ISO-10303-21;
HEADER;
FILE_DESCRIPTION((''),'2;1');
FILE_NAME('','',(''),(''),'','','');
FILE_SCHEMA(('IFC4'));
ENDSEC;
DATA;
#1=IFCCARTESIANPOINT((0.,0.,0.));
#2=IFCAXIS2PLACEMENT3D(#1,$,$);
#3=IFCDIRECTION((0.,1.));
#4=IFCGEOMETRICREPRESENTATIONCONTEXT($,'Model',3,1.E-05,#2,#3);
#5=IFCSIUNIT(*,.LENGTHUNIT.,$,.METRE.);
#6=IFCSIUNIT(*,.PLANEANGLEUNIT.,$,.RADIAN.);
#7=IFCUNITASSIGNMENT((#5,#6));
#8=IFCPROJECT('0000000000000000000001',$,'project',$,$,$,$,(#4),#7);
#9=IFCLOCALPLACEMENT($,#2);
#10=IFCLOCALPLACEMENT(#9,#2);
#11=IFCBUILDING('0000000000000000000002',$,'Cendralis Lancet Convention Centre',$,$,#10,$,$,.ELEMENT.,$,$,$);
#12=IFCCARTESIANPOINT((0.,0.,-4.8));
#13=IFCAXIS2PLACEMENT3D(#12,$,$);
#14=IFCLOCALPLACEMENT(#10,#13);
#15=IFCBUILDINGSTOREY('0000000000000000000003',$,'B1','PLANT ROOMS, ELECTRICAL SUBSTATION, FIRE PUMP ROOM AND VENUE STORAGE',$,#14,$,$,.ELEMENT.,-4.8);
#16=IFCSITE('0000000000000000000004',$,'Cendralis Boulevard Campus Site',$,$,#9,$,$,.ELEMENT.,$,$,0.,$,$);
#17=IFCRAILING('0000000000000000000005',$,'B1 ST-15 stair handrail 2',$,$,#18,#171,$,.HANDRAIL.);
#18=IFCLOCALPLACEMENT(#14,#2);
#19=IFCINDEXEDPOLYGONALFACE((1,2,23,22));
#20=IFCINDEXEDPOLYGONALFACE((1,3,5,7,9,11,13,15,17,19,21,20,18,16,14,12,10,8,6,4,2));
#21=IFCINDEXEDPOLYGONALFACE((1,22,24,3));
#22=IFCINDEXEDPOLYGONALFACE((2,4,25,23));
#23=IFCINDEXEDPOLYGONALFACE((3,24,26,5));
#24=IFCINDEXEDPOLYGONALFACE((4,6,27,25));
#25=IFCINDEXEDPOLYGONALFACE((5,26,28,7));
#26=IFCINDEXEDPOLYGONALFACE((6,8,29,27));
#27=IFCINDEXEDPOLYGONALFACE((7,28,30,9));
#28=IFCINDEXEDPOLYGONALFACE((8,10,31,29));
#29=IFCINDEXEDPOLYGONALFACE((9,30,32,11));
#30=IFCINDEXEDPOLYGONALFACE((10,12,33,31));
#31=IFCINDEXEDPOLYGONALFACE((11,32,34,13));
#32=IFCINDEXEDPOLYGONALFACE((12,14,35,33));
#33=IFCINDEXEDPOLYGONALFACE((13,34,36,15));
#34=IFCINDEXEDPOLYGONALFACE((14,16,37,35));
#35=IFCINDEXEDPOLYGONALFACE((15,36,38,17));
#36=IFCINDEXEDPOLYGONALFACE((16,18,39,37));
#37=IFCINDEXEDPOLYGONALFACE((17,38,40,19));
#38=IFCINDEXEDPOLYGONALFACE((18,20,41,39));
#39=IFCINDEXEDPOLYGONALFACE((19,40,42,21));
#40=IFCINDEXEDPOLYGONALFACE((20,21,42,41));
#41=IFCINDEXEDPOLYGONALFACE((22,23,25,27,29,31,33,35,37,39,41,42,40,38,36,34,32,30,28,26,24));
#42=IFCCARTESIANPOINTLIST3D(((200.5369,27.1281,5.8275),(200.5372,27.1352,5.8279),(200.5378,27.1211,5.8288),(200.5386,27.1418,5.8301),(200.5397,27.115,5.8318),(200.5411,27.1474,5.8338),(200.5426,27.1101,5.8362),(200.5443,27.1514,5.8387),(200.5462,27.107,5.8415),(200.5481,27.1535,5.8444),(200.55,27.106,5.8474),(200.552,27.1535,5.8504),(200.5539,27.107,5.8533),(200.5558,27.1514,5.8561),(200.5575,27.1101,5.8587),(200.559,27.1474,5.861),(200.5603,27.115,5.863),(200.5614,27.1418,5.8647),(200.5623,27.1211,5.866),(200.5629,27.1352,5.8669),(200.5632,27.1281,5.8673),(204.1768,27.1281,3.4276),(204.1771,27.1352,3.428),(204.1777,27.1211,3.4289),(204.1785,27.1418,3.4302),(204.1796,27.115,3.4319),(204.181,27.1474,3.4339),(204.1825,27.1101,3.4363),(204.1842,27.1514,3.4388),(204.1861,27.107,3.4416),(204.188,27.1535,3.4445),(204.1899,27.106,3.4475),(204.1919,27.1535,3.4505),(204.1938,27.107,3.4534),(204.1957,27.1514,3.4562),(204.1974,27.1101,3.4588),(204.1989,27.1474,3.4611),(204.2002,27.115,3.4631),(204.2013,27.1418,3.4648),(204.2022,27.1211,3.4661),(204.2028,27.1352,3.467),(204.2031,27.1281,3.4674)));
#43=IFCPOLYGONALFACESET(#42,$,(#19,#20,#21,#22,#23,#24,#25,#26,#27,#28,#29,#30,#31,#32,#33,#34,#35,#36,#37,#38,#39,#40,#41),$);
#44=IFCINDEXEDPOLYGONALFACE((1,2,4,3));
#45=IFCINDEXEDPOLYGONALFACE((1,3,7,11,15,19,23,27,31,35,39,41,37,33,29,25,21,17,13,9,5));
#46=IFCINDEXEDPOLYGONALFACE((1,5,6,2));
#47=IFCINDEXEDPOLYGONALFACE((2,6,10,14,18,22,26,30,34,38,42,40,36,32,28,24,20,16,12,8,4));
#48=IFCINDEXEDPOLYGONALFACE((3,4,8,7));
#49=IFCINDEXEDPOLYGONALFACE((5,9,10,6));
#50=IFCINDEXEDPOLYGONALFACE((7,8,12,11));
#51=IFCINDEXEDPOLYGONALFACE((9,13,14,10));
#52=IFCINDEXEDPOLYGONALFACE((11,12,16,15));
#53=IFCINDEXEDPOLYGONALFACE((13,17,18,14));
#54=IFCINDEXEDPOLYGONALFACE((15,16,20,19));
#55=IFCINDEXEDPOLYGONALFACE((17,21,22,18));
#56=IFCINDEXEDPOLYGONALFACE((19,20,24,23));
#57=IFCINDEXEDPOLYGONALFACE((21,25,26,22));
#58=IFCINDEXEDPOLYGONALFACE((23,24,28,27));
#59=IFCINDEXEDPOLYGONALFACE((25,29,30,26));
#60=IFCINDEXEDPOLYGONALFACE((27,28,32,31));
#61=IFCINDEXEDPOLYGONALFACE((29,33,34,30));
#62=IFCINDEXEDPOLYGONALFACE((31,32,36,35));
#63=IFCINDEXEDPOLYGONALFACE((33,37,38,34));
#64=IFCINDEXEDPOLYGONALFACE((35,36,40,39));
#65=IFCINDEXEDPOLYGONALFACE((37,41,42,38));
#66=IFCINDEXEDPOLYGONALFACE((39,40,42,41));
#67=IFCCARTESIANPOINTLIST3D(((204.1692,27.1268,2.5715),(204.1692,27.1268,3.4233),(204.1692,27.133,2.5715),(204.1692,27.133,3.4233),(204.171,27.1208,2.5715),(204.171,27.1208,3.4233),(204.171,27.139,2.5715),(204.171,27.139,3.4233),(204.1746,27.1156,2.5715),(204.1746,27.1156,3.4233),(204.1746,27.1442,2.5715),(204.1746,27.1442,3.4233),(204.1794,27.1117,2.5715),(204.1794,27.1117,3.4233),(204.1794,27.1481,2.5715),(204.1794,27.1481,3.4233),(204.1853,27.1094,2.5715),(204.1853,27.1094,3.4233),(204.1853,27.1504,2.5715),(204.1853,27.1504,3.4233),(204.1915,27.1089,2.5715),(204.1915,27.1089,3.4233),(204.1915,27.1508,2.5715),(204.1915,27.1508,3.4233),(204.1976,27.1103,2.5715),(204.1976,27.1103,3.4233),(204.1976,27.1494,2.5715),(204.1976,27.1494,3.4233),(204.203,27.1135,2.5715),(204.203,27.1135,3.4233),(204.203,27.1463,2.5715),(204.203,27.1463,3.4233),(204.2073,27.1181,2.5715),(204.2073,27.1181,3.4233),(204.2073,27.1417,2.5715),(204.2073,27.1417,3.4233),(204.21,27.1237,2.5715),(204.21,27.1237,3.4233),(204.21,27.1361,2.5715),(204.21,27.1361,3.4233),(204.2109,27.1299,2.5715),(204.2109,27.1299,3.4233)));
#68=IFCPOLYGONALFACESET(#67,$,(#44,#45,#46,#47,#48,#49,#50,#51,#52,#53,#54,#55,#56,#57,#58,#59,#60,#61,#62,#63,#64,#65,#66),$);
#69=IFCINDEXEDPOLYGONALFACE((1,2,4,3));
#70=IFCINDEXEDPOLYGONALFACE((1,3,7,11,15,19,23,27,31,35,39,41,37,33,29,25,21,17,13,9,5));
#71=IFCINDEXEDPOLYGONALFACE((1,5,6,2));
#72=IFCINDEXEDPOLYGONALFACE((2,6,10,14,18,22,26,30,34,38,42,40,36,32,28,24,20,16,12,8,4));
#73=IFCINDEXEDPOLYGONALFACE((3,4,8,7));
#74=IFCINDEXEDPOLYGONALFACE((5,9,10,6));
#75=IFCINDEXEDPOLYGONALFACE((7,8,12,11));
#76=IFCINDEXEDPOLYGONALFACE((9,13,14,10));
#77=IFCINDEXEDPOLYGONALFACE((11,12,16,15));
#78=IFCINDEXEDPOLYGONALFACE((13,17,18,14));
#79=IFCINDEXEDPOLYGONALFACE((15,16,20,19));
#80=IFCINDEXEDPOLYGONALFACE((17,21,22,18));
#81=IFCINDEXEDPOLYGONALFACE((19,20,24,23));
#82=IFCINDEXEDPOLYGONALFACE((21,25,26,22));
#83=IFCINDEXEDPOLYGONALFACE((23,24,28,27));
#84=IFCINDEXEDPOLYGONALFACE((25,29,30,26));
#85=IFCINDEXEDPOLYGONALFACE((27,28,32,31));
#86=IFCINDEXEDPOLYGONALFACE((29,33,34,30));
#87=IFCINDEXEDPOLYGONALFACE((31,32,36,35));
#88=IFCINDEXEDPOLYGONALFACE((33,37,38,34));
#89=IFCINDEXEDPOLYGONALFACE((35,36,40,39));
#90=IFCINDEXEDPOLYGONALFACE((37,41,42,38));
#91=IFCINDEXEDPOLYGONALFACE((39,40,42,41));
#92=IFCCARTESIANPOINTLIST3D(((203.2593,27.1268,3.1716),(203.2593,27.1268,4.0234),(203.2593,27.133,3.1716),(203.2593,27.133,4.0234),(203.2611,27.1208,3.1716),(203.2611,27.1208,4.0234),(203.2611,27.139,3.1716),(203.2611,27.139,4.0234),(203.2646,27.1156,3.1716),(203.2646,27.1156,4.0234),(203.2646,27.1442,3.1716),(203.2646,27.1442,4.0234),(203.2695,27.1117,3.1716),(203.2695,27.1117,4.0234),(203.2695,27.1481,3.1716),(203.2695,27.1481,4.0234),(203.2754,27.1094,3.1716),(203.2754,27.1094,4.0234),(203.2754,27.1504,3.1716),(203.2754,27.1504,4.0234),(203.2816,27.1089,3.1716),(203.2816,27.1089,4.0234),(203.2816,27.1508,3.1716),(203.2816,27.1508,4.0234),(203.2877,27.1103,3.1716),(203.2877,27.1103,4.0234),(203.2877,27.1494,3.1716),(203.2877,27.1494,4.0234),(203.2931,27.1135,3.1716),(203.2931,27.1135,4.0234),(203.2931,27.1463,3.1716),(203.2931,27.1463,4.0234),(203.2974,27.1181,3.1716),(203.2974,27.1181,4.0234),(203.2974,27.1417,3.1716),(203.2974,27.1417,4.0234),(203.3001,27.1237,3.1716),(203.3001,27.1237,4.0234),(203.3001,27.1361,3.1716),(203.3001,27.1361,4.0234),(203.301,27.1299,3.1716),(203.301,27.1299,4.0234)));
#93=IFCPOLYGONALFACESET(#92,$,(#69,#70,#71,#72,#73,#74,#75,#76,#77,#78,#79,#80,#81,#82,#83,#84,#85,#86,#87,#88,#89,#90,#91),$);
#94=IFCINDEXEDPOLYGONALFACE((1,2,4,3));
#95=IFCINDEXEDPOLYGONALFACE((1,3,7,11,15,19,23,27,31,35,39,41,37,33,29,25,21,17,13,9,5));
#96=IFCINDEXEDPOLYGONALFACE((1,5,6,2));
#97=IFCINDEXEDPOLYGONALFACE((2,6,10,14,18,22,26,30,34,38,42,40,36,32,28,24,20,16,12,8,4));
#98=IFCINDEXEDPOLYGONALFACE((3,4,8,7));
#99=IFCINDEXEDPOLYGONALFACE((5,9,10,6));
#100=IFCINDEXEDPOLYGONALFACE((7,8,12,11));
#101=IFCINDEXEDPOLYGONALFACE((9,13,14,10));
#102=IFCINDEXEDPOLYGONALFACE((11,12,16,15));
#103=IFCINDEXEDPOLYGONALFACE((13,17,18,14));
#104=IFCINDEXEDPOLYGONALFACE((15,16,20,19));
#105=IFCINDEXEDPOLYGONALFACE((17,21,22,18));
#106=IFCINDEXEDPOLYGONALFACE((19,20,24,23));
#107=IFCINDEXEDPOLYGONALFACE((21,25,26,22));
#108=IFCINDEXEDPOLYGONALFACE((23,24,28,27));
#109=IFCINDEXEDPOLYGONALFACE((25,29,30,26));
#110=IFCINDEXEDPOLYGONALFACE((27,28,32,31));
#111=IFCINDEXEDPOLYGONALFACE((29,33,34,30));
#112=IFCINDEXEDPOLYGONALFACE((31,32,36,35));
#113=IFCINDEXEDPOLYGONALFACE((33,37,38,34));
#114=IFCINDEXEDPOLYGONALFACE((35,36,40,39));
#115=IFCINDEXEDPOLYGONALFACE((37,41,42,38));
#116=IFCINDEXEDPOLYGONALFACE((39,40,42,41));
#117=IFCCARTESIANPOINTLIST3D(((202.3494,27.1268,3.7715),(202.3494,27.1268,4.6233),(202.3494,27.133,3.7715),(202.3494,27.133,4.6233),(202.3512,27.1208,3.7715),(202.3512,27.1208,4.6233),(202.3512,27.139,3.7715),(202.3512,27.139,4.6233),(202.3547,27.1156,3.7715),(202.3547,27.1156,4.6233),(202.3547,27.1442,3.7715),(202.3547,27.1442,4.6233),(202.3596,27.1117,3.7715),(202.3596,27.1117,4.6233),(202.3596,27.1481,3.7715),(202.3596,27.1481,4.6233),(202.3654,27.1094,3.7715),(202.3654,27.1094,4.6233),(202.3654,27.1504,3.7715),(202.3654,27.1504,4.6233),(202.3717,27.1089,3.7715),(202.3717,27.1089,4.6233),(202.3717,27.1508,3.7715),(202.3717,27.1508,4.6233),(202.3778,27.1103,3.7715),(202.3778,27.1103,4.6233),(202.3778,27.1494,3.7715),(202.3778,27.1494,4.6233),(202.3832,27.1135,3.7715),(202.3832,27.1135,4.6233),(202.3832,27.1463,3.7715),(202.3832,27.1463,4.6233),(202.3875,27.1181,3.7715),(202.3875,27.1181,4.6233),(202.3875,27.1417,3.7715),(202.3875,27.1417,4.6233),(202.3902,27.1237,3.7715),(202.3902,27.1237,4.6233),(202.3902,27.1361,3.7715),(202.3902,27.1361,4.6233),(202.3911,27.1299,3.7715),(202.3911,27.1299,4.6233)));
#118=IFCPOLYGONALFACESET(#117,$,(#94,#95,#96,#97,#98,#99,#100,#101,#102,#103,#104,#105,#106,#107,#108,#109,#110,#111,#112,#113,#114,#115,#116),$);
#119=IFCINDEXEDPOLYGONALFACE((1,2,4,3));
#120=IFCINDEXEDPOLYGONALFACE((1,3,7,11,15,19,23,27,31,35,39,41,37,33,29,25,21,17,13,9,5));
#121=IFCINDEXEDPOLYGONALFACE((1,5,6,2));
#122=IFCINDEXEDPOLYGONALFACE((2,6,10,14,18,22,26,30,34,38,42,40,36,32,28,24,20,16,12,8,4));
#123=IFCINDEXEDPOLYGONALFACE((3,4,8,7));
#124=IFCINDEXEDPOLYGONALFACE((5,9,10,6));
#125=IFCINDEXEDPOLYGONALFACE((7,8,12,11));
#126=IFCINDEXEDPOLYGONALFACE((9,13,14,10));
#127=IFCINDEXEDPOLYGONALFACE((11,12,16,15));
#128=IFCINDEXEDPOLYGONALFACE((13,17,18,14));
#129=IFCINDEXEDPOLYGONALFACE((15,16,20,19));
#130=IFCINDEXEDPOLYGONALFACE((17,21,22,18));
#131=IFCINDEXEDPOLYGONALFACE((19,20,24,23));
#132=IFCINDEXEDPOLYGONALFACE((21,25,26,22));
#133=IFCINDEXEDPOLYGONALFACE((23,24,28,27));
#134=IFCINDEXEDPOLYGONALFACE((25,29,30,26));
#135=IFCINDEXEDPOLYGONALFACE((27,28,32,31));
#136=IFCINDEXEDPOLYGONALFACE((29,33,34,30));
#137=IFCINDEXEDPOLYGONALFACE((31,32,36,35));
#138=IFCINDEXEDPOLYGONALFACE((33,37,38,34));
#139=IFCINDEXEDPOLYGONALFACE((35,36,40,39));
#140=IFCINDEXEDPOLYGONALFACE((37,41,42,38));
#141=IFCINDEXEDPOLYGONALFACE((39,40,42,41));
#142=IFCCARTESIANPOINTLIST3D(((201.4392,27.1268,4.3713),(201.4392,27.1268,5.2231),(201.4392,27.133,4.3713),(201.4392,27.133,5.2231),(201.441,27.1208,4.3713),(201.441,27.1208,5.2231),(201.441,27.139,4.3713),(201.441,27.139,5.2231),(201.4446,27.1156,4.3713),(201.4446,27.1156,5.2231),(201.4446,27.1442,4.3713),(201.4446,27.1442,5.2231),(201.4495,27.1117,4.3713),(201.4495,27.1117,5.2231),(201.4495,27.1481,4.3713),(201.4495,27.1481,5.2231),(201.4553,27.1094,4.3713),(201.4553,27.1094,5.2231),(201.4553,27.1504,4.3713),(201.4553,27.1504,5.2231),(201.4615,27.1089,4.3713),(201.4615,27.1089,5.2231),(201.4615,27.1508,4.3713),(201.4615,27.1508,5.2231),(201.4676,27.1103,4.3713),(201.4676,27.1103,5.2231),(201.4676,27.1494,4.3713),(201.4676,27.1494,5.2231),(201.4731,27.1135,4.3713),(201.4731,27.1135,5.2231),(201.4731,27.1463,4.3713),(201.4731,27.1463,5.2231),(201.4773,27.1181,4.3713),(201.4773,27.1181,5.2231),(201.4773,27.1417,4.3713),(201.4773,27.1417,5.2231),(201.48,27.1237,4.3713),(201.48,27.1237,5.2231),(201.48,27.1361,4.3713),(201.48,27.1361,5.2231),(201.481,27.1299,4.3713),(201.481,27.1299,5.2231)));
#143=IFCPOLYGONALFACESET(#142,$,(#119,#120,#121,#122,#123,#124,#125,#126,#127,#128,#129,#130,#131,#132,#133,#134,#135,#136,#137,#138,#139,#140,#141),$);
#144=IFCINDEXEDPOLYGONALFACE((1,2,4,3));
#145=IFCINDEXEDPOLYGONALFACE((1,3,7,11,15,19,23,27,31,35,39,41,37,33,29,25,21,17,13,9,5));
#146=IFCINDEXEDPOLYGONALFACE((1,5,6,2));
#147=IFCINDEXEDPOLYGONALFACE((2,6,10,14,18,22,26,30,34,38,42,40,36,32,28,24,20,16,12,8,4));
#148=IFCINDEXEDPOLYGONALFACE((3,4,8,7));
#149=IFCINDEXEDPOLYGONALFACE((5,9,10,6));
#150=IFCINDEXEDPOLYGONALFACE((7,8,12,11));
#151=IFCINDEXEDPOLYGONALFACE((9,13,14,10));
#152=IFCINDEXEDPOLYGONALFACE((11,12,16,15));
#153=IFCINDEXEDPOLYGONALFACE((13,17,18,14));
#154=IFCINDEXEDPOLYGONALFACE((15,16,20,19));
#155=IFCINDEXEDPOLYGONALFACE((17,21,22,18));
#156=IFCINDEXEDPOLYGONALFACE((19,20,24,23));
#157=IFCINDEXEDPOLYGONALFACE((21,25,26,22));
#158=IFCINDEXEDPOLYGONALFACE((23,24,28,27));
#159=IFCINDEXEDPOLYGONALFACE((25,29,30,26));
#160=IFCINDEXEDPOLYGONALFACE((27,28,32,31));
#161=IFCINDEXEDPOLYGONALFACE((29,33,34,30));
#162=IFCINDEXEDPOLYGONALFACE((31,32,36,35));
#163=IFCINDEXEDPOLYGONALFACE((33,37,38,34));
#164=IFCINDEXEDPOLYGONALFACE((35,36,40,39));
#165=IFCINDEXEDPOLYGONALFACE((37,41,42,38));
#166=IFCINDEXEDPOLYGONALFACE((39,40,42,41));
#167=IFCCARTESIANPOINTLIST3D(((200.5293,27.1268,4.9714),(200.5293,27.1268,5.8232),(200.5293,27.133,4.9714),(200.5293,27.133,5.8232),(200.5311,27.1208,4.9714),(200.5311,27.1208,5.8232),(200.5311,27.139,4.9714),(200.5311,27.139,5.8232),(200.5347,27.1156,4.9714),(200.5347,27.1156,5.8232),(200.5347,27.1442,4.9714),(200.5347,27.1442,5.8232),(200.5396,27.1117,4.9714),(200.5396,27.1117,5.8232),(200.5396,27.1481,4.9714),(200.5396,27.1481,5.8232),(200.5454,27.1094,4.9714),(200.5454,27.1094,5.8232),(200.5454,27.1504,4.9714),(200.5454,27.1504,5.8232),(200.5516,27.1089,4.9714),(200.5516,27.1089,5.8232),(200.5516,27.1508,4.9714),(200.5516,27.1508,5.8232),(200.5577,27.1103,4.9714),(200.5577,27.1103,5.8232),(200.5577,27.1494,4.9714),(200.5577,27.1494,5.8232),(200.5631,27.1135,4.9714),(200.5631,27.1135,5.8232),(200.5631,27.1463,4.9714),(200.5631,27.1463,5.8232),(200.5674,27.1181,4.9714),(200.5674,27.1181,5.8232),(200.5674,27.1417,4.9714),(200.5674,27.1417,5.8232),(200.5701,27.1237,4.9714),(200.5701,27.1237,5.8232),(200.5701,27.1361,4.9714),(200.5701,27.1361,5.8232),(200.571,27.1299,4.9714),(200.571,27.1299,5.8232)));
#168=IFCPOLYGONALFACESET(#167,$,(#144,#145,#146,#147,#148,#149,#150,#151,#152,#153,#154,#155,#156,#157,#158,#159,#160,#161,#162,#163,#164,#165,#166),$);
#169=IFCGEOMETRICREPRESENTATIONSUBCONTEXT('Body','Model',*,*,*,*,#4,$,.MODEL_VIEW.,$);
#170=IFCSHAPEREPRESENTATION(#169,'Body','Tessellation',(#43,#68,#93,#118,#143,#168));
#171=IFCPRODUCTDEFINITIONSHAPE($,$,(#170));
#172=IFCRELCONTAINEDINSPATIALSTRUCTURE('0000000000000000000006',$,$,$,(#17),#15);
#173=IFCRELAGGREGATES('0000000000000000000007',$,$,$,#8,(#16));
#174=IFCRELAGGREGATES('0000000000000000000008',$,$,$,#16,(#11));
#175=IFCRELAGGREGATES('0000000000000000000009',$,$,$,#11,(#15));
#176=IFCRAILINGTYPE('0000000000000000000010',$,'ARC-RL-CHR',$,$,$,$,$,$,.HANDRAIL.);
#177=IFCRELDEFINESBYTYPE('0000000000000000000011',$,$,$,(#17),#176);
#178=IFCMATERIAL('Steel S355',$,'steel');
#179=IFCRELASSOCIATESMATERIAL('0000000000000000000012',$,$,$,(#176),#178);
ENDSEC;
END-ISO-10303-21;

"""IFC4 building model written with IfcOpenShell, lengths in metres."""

from ifc_helpers import new_model, si_unit, direction, frame, origin, origin_2d, place, context, subcontext, project, spatial, circle, extrude, material, type_object, element, save


model = new_model("IFC4")

# Units and contexts
model_context = context("Model", 3, precision=1e-05, world=origin(), true_north=direction((0.0, 1.0)))
body_context = subcontext(model_context, "Body", "Model", "MODEL_VIEW")
ifc_project = project(units=[si_unit("LENGTHUNIT", "METRE"), si_unit("PLANEANGLEUNIT", "RADIAN")], contexts=[model_context])

# Site, building, storey
site_placement = place(None, origin())
site = spatial("IfcSite", under=ifc_project, at=site_placement, Name="Cendralis Boulevard Campus Site", CompositionType="ELEMENT", RefElevation=0.0)
building_placement = place(site_placement, origin())
building = spatial("IfcBuilding", under=site, at=building_placement, Name="Cendralis Lancet Convention Centre", CompositionType="ELEMENT")
storey_placement = place(building_placement, frame((0.0, 0.0, -4.8)))
storey = spatial("IfcBuildingStorey", under=building, at=storey_placement, Name="B1", Description="PLANT ROOMS, ELECTRICAL SUBSTATION, FIRE PUMP ROOM AND VENUE STORAGE", CompositionType="ELEMENT", Elevation=-4.8)

# Railing
ifc_material_1 = material(Name="Steel S355", Category="steel")
railing_type_1 = type_object("IfcRailingType", Name="ARC-RL-CHR", PredefinedType="HANDRAIL", material=ifc_material_1)
railing_1_placement = place(storey_placement, frame((204.1899, 27.1299, 2.5715)))
element("IfcRailing", 1, at=railing_1_placement, inside=storey, type_object=railing_type_1, Name="B1 ST-15 stair handrail 2", PredefinedType="HANDRAIL", context=body_context, shape_type="SweptSolid", body=[
    extrude(circle(Radius=0.0239, at=origin_2d()), frame((0.0, 0.0, 0.876), z_axis=(-0.834865, 0.0, 0.550454), x_axis=(0.0, -1.0, 0.0)), (0.0, 0.0, 1.0), 4.3599),
    extrude(circle(Radius=0.021, at=origin_2d()), origin(), (0.0, 0.0, 1.0), 0.8518),
    extrude(circle(Radius=0.021, at=origin_2d()), frame((-0.9099, 0.0, 0.6001)), (0.0, 0.0, 1.0), 0.8518),
    extrude(circle(Radius=0.021, at=origin_2d()), frame((-1.8198, 0.0, 1.2)), (0.0, 0.0, 1.0), 0.8518),
    extrude(circle(Radius=0.021, at=origin_2d()), frame((-2.73, 0.0, 1.7998)), (0.0, 0.0, 1.0), 0.8518),
    extrude(circle(Radius=0.021, at=origin_2d()), frame((-3.6399, 0.0, 2.3999)), (0.0, 0.0, 1.0), 0.8518),
])

save(model, "model.ifc")
